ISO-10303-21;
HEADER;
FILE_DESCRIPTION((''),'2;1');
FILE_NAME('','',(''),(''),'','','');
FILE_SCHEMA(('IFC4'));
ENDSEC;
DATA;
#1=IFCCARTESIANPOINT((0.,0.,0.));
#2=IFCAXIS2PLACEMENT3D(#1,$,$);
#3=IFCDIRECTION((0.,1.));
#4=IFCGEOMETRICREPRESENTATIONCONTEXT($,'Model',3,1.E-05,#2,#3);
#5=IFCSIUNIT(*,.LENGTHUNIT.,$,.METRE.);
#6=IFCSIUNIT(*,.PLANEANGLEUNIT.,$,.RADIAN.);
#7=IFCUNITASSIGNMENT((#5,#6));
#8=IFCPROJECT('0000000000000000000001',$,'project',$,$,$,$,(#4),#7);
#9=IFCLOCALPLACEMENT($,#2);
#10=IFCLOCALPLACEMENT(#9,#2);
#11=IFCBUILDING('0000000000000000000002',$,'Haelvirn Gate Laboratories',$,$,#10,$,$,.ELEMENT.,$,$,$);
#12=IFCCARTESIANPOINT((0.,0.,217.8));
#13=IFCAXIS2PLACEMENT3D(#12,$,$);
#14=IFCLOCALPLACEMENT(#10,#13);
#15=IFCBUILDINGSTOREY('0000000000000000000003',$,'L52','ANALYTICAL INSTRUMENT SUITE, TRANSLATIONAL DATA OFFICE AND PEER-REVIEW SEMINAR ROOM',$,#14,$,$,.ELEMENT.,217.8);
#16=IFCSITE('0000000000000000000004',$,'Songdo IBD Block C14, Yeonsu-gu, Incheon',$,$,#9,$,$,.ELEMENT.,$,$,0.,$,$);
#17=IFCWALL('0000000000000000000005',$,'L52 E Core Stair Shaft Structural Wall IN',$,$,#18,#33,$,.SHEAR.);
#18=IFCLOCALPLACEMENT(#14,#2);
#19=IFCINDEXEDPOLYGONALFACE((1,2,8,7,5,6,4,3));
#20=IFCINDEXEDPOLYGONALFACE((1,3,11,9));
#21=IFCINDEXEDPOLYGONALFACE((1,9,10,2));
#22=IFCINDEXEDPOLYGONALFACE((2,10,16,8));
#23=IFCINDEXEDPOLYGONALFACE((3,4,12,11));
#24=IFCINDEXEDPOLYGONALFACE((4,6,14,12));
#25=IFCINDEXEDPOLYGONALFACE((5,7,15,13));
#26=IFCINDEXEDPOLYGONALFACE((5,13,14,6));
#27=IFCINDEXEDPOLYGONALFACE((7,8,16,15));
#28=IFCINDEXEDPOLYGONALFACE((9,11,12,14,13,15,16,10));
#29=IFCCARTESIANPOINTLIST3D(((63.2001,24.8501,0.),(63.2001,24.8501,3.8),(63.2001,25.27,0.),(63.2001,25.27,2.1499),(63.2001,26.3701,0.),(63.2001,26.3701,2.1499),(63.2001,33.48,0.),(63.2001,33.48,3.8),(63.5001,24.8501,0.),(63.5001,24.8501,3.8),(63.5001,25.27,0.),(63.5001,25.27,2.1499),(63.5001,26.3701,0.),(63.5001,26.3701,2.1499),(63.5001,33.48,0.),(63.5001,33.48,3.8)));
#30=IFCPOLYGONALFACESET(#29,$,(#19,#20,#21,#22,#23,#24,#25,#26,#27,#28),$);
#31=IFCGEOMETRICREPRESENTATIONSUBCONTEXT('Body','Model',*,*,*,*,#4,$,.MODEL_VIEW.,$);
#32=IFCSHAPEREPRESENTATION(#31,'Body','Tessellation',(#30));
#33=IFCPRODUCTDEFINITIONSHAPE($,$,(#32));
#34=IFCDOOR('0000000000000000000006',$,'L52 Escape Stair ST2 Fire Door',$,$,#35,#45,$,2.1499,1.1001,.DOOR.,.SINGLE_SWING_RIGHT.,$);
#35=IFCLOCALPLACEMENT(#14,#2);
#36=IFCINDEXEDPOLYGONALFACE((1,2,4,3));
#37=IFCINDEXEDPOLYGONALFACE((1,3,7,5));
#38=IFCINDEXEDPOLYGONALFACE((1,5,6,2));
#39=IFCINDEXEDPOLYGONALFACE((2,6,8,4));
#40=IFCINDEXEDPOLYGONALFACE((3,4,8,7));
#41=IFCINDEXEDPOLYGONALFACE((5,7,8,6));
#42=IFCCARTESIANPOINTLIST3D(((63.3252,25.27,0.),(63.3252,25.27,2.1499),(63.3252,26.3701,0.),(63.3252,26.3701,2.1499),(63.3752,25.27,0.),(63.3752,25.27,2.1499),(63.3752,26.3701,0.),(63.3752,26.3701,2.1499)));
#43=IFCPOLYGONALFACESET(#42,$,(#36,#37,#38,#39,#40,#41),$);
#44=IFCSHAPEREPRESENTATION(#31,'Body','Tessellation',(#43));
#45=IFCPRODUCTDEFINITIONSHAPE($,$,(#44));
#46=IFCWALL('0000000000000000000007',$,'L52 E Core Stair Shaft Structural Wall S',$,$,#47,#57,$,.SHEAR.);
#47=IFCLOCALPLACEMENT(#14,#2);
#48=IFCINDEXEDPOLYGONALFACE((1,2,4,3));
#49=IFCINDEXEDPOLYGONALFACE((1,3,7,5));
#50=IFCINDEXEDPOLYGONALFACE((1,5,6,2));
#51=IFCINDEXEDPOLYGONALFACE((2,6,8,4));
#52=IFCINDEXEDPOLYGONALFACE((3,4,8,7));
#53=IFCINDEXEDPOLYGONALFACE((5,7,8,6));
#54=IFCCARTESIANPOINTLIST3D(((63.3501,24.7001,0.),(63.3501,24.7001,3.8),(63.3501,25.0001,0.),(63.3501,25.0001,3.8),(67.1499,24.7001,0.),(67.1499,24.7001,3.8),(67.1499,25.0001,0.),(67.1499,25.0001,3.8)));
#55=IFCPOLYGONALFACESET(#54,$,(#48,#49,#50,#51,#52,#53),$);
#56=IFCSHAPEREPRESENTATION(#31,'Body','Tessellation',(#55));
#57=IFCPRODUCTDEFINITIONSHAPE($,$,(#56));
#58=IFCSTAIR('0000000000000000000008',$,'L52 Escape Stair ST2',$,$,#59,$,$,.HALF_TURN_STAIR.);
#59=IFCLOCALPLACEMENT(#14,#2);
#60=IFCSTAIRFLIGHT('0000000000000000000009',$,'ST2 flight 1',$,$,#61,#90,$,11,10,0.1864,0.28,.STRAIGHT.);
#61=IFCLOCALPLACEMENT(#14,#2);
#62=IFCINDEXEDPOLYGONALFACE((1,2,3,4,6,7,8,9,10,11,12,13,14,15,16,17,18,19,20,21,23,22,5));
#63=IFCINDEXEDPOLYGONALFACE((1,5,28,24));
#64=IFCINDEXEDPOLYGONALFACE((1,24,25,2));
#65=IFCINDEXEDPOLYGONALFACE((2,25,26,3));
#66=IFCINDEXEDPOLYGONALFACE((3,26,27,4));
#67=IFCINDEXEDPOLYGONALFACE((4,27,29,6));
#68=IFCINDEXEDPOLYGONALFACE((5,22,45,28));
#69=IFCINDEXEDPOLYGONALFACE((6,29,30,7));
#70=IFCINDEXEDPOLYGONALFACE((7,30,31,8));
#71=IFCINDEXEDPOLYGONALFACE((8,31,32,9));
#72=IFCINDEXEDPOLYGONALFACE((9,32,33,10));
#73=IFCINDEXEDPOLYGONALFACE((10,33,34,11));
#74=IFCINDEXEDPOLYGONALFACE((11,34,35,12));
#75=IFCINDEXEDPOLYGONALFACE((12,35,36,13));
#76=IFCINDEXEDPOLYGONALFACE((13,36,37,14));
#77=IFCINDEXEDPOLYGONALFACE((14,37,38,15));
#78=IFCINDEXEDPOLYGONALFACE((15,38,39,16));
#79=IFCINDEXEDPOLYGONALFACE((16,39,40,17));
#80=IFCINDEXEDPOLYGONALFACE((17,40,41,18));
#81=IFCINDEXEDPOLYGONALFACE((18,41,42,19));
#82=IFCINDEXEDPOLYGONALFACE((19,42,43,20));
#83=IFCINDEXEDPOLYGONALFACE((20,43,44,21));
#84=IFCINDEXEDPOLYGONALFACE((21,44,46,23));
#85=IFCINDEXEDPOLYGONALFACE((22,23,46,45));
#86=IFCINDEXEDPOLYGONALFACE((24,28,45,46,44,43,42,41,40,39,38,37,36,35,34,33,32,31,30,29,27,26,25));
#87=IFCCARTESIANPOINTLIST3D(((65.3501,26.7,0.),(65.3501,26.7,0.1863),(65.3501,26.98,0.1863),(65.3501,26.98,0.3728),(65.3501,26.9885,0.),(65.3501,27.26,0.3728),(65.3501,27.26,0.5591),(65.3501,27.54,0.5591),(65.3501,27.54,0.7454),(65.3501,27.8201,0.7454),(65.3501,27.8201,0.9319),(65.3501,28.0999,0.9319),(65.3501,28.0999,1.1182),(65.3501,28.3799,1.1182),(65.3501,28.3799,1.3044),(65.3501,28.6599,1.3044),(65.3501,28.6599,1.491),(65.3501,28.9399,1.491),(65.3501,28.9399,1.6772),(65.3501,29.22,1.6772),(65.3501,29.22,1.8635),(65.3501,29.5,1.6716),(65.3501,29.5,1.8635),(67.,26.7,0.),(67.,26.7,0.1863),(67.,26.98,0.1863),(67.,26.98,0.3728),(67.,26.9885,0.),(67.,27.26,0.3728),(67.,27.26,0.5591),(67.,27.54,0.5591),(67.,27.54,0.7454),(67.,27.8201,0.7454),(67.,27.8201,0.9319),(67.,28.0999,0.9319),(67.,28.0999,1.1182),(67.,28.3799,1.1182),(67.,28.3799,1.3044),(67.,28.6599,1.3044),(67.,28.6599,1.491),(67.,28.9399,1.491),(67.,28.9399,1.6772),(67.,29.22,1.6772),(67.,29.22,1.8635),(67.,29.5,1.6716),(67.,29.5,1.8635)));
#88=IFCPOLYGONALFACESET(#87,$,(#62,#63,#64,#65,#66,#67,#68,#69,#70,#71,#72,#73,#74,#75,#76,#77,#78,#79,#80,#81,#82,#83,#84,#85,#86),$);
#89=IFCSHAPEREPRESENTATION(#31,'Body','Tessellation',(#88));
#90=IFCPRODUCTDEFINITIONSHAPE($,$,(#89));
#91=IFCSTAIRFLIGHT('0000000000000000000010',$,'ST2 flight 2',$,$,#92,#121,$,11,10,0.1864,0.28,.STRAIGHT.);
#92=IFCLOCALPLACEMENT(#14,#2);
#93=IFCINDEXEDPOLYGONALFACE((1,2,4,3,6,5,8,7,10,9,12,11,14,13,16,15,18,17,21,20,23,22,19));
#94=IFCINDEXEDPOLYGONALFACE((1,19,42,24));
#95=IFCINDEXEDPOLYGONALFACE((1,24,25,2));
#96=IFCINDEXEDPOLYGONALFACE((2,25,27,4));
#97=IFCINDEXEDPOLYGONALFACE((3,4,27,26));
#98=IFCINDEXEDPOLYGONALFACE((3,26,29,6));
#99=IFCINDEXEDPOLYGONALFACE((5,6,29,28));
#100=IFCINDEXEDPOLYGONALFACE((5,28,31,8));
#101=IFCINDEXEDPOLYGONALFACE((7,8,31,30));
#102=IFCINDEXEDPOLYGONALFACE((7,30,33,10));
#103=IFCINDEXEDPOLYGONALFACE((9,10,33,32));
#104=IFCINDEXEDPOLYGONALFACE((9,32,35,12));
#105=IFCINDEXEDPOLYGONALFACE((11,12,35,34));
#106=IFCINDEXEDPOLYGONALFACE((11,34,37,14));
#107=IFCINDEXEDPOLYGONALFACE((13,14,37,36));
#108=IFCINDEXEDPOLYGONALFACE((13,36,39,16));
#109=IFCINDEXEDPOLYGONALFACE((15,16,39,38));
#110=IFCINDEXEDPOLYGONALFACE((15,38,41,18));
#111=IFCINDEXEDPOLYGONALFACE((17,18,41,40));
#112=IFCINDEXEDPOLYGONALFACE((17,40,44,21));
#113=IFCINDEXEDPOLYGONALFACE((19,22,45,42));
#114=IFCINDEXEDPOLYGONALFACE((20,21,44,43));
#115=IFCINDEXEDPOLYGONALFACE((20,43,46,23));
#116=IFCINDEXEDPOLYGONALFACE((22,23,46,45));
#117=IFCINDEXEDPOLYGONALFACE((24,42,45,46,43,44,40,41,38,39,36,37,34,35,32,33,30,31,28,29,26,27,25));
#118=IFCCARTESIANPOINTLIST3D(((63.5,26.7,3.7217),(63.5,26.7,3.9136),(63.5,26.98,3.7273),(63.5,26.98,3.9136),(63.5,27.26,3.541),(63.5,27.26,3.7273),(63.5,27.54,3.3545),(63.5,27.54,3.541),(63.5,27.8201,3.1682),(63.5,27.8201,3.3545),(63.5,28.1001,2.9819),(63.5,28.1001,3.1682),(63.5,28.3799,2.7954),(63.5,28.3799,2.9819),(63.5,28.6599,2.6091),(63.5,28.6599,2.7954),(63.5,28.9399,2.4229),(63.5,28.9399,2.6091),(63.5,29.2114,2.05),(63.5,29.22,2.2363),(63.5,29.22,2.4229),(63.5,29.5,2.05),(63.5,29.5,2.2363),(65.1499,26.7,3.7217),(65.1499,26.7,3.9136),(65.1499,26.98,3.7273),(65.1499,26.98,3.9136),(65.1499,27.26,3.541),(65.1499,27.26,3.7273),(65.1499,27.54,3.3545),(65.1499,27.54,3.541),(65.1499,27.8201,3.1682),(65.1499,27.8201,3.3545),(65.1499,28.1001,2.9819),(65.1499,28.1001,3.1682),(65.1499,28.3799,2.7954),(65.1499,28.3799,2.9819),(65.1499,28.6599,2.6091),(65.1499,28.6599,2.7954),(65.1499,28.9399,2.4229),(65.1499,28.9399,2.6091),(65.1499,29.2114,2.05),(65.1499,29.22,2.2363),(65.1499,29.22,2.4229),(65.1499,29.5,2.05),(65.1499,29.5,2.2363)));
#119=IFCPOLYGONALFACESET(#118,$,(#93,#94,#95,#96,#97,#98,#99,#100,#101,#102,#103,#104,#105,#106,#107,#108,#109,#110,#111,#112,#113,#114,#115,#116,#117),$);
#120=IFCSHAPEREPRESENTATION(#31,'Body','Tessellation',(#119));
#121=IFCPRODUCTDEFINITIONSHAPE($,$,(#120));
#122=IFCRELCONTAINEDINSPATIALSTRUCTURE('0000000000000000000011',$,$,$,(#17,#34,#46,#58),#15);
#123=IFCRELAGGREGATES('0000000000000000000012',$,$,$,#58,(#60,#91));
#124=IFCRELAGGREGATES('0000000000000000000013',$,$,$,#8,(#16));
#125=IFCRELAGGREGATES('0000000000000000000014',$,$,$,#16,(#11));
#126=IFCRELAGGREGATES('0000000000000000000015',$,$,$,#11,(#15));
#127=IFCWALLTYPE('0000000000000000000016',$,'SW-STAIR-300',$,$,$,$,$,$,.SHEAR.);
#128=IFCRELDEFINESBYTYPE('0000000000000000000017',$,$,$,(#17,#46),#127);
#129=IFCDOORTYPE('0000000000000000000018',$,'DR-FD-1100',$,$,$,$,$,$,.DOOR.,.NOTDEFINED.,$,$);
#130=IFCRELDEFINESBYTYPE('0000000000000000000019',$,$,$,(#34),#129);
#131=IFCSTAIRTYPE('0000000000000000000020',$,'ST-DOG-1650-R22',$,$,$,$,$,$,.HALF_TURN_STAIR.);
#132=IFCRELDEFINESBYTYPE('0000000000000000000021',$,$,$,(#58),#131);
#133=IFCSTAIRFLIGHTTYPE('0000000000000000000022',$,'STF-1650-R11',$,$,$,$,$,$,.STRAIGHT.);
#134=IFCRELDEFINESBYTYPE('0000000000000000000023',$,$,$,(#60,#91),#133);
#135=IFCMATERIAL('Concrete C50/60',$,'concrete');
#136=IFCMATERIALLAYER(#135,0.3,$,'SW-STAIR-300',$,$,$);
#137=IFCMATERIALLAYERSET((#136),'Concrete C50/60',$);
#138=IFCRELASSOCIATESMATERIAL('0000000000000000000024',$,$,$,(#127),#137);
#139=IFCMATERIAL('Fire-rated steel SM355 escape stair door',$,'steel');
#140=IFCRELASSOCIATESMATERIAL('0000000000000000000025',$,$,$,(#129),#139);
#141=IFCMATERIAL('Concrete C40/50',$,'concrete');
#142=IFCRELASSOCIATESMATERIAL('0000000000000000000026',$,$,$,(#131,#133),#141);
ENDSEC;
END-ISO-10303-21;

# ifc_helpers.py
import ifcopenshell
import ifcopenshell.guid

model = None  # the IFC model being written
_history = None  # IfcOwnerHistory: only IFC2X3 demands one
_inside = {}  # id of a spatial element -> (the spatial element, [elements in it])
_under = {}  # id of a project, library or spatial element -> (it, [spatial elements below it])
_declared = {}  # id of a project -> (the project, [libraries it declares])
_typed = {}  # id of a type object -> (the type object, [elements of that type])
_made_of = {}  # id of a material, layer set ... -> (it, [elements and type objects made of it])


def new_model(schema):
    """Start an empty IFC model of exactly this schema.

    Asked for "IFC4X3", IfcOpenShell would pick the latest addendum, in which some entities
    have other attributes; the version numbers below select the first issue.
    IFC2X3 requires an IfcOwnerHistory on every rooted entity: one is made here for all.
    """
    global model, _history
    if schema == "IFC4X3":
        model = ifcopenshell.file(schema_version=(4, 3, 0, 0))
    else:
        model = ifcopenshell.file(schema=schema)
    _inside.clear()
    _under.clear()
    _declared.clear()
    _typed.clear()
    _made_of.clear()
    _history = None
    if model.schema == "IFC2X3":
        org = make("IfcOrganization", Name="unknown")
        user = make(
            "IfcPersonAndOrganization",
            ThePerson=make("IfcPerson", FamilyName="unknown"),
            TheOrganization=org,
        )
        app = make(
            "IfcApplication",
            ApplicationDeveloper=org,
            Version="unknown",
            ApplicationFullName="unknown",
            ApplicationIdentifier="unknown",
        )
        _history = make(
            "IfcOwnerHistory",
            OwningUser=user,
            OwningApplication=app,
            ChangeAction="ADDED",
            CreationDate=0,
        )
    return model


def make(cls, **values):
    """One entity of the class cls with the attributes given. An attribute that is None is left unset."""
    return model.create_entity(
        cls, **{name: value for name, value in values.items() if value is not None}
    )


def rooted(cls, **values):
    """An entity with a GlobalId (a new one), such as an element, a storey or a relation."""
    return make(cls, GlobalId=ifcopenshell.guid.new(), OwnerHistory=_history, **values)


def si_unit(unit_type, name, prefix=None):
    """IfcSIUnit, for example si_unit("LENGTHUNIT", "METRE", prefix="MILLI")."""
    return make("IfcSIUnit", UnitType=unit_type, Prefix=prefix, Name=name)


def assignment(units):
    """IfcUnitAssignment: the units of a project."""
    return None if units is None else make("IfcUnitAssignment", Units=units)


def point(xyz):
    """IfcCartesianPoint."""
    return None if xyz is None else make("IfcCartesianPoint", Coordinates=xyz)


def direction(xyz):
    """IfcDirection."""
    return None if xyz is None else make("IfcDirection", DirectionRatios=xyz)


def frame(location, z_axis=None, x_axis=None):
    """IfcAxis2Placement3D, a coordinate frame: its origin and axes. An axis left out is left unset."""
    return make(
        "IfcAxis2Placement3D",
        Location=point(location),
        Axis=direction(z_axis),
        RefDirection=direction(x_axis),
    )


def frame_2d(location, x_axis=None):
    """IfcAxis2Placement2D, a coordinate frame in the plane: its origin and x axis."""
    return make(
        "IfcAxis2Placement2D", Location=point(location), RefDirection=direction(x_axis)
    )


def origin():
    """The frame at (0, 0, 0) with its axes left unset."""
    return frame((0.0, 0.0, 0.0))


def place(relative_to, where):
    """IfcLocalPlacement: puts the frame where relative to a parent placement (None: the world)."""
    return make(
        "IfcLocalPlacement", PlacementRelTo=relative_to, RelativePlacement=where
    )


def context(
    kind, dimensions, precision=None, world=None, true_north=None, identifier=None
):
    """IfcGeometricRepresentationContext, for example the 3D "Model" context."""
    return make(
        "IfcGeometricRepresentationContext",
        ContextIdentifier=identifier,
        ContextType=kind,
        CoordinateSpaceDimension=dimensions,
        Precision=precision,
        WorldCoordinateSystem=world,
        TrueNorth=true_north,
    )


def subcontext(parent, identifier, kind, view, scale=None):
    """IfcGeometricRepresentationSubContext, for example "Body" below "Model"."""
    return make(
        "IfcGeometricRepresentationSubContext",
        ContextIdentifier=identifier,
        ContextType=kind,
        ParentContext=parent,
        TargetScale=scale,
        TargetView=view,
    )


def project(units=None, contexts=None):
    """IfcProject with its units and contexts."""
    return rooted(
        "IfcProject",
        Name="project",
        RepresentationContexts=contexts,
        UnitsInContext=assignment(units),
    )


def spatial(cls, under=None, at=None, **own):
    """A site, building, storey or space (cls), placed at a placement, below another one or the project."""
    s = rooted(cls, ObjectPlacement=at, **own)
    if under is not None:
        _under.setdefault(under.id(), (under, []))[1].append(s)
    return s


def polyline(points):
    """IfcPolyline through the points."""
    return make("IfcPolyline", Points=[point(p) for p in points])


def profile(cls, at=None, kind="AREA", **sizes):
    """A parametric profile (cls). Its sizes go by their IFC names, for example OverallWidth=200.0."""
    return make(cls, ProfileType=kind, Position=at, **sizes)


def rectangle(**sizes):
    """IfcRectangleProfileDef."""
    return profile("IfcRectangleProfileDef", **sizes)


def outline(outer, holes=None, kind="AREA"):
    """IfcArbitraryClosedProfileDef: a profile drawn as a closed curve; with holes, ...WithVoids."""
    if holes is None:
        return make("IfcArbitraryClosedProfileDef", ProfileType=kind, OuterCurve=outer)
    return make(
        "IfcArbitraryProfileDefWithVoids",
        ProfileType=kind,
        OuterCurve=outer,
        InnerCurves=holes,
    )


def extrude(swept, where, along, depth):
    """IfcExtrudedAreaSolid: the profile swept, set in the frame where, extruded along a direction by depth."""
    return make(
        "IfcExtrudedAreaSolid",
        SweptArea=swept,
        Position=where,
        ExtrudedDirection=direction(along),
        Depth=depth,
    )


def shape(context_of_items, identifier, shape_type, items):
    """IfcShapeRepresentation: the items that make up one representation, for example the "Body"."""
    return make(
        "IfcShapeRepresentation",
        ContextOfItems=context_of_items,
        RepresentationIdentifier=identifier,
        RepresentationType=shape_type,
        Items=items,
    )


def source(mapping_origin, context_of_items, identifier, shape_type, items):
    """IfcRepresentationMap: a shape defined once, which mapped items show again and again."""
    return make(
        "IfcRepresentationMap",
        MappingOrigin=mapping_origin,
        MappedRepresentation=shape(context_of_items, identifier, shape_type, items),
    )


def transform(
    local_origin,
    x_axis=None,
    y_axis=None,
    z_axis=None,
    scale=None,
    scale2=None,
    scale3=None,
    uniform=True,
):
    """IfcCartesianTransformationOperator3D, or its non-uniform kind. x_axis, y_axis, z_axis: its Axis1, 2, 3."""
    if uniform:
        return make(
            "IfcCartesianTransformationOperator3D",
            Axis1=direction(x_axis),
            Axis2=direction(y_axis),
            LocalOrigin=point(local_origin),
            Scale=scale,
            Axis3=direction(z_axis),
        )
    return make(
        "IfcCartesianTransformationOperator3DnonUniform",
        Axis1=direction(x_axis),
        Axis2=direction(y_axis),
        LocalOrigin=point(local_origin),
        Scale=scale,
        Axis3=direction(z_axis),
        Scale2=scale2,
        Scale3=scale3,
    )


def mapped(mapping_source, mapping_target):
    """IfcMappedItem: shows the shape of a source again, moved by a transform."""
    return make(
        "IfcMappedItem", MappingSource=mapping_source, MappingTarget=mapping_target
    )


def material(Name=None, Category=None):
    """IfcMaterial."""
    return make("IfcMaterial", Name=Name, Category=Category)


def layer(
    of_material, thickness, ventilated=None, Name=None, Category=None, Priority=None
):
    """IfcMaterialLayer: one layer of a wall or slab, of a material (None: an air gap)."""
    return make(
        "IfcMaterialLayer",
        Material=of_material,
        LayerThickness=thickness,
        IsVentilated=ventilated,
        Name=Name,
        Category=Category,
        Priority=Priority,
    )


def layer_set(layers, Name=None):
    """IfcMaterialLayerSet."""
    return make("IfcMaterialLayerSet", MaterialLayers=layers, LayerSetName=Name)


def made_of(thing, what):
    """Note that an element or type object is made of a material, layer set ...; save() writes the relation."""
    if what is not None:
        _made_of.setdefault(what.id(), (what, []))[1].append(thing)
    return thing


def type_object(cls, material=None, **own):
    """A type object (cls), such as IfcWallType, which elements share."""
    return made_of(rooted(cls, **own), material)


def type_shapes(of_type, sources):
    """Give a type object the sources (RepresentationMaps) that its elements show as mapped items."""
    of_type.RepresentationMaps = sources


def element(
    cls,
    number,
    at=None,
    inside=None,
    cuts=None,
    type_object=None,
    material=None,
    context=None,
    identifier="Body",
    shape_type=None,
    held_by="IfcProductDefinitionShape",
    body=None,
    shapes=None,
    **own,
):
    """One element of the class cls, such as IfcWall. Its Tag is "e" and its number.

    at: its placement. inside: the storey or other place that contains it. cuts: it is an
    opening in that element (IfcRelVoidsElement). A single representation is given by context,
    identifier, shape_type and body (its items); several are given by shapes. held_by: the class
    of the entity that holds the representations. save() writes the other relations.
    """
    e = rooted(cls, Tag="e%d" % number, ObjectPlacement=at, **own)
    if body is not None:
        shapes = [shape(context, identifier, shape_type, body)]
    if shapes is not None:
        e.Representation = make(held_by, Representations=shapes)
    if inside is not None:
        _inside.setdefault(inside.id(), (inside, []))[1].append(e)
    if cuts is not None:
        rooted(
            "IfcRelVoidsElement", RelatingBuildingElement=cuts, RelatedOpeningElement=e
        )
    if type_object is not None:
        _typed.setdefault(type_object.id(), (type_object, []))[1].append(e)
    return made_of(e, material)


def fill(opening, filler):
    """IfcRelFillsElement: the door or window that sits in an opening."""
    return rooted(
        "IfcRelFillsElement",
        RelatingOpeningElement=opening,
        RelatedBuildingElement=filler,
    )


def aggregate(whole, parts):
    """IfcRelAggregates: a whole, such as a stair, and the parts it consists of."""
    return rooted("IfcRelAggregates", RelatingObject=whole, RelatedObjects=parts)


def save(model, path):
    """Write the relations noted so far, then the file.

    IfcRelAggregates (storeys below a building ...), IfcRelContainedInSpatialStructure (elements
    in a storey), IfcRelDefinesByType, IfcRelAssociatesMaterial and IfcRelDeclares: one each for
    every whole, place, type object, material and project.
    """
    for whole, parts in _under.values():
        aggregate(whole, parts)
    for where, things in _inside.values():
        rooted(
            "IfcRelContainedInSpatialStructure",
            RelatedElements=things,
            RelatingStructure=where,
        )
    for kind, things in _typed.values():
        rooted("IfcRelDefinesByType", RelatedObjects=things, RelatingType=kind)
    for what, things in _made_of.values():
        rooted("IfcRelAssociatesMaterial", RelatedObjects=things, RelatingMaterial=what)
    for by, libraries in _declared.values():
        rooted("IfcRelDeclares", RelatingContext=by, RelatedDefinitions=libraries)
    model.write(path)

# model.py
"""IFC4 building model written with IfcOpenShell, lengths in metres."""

from ifc_helpers import new_model, si_unit, direction, frame, frame_2d, origin, place, context, subcontext, project, spatial, polyline, rectangle, outline, extrude, source, transform, mapped, material, layer, layer_set, type_object, type_shapes, element, fill, aggregate, save


model = new_model("IFC4")

# Units and contexts
model_context = context("Model", 3, precision=1e-05, world=origin(), true_north=direction((0.0, 1.0)))
body_context = subcontext(model_context, "Body", "Model", "MODEL_VIEW")
ifc_project = project(units=[si_unit("LENGTHUNIT", "METRE"), si_unit("PLANEANGLEUNIT", "RADIAN")], contexts=[model_context])

# Site, building, storey
site_placement = place(None, origin())
site = spatial("IfcSite", under=ifc_project, at=site_placement, Name="Songdo IBD Block C14, Yeonsu-gu, Incheon", CompositionType="ELEMENT", RefElevation=0.0)
building_placement = place(site_placement, origin())
building = spatial("IfcBuilding", under=site, at=building_placement, Name="Haelvirn Gate Laboratories", CompositionType="ELEMENT")
storey_placement = place(building_placement, frame((0.0, 0.0, 217.8)))
storey = spatial("IfcBuildingStorey", under=building, at=storey_placement, Name="L52", Description="ANALYTICAL INSTRUMENT SUITE, TRANSLATIONAL DATA OFFICE AND PEER-REVIEW SEMINAR ROOM", CompositionType="ELEMENT", Elevation=217.8)

# Shared definitions
ifc_material_1 = material(Name="Concrete C40/50", Category="concrete")
ifc_material_2 = material(Name="Concrete C50/60", Category="concrete")

# Wall, opening, door
ifc_layer_1 = layer(ifc_material_2, 0.3, Name="SW-STAIR-300")
ifc_layer_set_1 = layer_set([ifc_layer_1], Name="Concrete C50/60")
wall_type_1 = type_object("IfcWallType", Name="SW-STAIR-300", PredefinedType="SHEAR", material=ifc_layer_set_1)
wall_1_placement = place(storey_placement, frame((63.3501, 24.8501, 0.0), z_axis=(0.0, 0.0, 1.0), x_axis=(0.0, 1.0, 0.0)))
wall_1 = element("IfcWall", 1, at=wall_1_placement, inside=storey, type_object=wall_type_1, Name="L52 E Core Stair Shaft Structural Wall IN", PredefinedType="SHEAR", context=body_context, shape_type="SweptSolid", body=[
    extrude(rectangle(XDim=8.6299, YDim=0.3, at=frame_2d((4.3149, 0.0))), origin(), (0.0, 0.0, 1.0), 3.8),
])
opening_placement = place(wall_1_placement, frame((0.4199, 0.0, 0.0)))
opening = element("IfcOpeningElement", 2, at=opening_placement, cuts=wall_1, PredefinedType="OPENING", context=body_context, shape_type="SweptSolid", body=[
    extrude(rectangle(XDim=1.1001, YDim=2.1499, at=frame_2d((0.55, 1.075))), frame((0.0, 0.1602, 0.0), z_axis=(0.0, -1.0, 0.0), x_axis=(1.0, 0.0, 0.0)), (0.0, 0.0, 1.0), 0.3201),
])
ifc_material_3 = material(Name="Fire-rated steel SM355 escape stair door", Category="steel")
door_type = type_object("IfcDoorType", Name="DR-FD-1100", OperationType="NOTDEFINED", PredefinedType="DOOR", material=ifc_material_3)
shared_shape_1 = source(origin(), body_context, "Body", "SweptSolid", [
    extrude(rectangle(XDim=1.1001, YDim=2.1499, at=frame_2d((0.55, 1.075))), frame((0.0, 0.0249, 0.0), z_axis=(0.0, -1.0, 0.0), x_axis=(1.0, 0.0, 0.0)), (0.0, 0.0, 1.0), 0.05),
])
type_shapes(door_type, [shared_shape_1])
door_placement = place(opening_placement, origin())
door = element("IfcDoor", 3, at=door_placement, inside=storey, type_object=door_type, Name="L52 Escape Stair ST2 Fire Door", OperationType="SINGLE_SWING_RIGHT", OverallHeight=2.1499, OverallWidth=1.1001, PredefinedType="DOOR", context=body_context, shape_type="MappedRepresentation", body=[
    mapped(shared_shape_1, transform((0.0, 0.0, 0.0), scale=1.0)),
])
fill(opening, door)

# Wall
wall_2_placement = place(storey_placement, frame((63.3501, 24.8501, 0.0), z_axis=(0.0, 0.0, 1.0), x_axis=(1.0, 0.0, 0.0)))
element("IfcWall", 4, at=wall_2_placement, inside=storey, type_object=wall_type_1, Name="L52 E Core Stair Shaft Structural Wall S", PredefinedType="SHEAR", context=body_context, shape_type="SweptSolid", body=[
    extrude(rectangle(XDim=3.7998, YDim=0.3, at=frame_2d((1.8999, 0.0))), origin(), (0.0, 0.0, 1.0), 3.8),
])

# Stair, stair flights
stair_type = type_object("IfcStairType", Name="ST-DOG-1650-R22", PredefinedType="HALF_TURN_STAIR", material=ifc_material_1)
stair_placement = place(storey_placement, origin())
stair = element("IfcStair", 5, at=stair_placement, inside=storey, type_object=stair_type, Name="L52 Escape Stair ST2", PredefinedType="HALF_TURN_STAIR")
stair_flight_type = type_object("IfcStairFlightType", Name="STF-1650-R11", PredefinedType="STRAIGHT", material=ifc_material_1)
shared_shape_2 = source(origin(), body_context, "Body", "SweptSolid", [
    extrude(outline(polyline([(0.0, 0.0), (0.0, 0.1863), (0.28, 0.1863), (0.28, 0.3728), (0.5601, 0.3728), (0.5601, 0.5591), (0.8401, 0.5591), (0.8401, 0.7454), (1.1201, 0.7454), (1.1201, 0.9319), (1.3999, 0.9319), (1.3999, 1.1182), (1.6799, 1.1182), (1.6799, 1.3044), (1.96, 1.3044), (1.96, 1.491), (2.24, 1.491), (2.24, 1.6772), (2.52, 1.6772), (2.52, 1.8635), (2.8, 1.8635), (2.8, 2.05), (2.8, 1.6716), (0.2886, 0.0), (0.0, 0.0)])), frame((0.0, 0.825, 0.0), z_axis=(0.0, -1.0, 0.0), x_axis=(1.0, 0.0, 0.0)), (0.0, 0.0, 1.0), 1.6499),
])
type_shapes(stair_flight_type, [shared_shape_2])
stair_flight_1_placement = place(storey_placement, frame((66.175, 26.7, 0.0), z_axis=(0.0, 0.0, 1.0), x_axis=(0.0, 1.0, 0.0)))
stair_flight_1 = element("IfcStairFlight", 6, at=stair_flight_1_placement, type_object=stair_flight_type, Name="ST2 flight 1", NumberOfRisers=11, NumberOfTreads=10, PredefinedType="STRAIGHT", RiserHeight=0.1864, TreadLength=0.28, context=body_context, shape_type="MappedRepresentation", body=[
    mapped(shared_shape_2, transform((0.0, 0.0, 0.0), scale=1.0)),
])
stair_flight_2_placement = place(storey_placement, frame((64.325, 29.5, 2.05), z_axis=(0.0, 0.0, 1.0), x_axis=(0.0, -1.0, 0.0)))
stair_flight_2 = element("IfcStairFlight", 7, at=stair_flight_2_placement, type_object=stair_flight_type, Name="ST2 flight 2", NumberOfRisers=11, NumberOfTreads=10, PredefinedType="STRAIGHT", RiserHeight=0.1864, TreadLength=0.28, context=body_context, shape_type="MappedRepresentation", body=[
    mapped(shared_shape_2, transform((0.0, 0.0, 0.0), scale=1.0)),
])
aggregate(stair, [stair_flight_1, stair_flight_2])

save(model, "model.ifc")
